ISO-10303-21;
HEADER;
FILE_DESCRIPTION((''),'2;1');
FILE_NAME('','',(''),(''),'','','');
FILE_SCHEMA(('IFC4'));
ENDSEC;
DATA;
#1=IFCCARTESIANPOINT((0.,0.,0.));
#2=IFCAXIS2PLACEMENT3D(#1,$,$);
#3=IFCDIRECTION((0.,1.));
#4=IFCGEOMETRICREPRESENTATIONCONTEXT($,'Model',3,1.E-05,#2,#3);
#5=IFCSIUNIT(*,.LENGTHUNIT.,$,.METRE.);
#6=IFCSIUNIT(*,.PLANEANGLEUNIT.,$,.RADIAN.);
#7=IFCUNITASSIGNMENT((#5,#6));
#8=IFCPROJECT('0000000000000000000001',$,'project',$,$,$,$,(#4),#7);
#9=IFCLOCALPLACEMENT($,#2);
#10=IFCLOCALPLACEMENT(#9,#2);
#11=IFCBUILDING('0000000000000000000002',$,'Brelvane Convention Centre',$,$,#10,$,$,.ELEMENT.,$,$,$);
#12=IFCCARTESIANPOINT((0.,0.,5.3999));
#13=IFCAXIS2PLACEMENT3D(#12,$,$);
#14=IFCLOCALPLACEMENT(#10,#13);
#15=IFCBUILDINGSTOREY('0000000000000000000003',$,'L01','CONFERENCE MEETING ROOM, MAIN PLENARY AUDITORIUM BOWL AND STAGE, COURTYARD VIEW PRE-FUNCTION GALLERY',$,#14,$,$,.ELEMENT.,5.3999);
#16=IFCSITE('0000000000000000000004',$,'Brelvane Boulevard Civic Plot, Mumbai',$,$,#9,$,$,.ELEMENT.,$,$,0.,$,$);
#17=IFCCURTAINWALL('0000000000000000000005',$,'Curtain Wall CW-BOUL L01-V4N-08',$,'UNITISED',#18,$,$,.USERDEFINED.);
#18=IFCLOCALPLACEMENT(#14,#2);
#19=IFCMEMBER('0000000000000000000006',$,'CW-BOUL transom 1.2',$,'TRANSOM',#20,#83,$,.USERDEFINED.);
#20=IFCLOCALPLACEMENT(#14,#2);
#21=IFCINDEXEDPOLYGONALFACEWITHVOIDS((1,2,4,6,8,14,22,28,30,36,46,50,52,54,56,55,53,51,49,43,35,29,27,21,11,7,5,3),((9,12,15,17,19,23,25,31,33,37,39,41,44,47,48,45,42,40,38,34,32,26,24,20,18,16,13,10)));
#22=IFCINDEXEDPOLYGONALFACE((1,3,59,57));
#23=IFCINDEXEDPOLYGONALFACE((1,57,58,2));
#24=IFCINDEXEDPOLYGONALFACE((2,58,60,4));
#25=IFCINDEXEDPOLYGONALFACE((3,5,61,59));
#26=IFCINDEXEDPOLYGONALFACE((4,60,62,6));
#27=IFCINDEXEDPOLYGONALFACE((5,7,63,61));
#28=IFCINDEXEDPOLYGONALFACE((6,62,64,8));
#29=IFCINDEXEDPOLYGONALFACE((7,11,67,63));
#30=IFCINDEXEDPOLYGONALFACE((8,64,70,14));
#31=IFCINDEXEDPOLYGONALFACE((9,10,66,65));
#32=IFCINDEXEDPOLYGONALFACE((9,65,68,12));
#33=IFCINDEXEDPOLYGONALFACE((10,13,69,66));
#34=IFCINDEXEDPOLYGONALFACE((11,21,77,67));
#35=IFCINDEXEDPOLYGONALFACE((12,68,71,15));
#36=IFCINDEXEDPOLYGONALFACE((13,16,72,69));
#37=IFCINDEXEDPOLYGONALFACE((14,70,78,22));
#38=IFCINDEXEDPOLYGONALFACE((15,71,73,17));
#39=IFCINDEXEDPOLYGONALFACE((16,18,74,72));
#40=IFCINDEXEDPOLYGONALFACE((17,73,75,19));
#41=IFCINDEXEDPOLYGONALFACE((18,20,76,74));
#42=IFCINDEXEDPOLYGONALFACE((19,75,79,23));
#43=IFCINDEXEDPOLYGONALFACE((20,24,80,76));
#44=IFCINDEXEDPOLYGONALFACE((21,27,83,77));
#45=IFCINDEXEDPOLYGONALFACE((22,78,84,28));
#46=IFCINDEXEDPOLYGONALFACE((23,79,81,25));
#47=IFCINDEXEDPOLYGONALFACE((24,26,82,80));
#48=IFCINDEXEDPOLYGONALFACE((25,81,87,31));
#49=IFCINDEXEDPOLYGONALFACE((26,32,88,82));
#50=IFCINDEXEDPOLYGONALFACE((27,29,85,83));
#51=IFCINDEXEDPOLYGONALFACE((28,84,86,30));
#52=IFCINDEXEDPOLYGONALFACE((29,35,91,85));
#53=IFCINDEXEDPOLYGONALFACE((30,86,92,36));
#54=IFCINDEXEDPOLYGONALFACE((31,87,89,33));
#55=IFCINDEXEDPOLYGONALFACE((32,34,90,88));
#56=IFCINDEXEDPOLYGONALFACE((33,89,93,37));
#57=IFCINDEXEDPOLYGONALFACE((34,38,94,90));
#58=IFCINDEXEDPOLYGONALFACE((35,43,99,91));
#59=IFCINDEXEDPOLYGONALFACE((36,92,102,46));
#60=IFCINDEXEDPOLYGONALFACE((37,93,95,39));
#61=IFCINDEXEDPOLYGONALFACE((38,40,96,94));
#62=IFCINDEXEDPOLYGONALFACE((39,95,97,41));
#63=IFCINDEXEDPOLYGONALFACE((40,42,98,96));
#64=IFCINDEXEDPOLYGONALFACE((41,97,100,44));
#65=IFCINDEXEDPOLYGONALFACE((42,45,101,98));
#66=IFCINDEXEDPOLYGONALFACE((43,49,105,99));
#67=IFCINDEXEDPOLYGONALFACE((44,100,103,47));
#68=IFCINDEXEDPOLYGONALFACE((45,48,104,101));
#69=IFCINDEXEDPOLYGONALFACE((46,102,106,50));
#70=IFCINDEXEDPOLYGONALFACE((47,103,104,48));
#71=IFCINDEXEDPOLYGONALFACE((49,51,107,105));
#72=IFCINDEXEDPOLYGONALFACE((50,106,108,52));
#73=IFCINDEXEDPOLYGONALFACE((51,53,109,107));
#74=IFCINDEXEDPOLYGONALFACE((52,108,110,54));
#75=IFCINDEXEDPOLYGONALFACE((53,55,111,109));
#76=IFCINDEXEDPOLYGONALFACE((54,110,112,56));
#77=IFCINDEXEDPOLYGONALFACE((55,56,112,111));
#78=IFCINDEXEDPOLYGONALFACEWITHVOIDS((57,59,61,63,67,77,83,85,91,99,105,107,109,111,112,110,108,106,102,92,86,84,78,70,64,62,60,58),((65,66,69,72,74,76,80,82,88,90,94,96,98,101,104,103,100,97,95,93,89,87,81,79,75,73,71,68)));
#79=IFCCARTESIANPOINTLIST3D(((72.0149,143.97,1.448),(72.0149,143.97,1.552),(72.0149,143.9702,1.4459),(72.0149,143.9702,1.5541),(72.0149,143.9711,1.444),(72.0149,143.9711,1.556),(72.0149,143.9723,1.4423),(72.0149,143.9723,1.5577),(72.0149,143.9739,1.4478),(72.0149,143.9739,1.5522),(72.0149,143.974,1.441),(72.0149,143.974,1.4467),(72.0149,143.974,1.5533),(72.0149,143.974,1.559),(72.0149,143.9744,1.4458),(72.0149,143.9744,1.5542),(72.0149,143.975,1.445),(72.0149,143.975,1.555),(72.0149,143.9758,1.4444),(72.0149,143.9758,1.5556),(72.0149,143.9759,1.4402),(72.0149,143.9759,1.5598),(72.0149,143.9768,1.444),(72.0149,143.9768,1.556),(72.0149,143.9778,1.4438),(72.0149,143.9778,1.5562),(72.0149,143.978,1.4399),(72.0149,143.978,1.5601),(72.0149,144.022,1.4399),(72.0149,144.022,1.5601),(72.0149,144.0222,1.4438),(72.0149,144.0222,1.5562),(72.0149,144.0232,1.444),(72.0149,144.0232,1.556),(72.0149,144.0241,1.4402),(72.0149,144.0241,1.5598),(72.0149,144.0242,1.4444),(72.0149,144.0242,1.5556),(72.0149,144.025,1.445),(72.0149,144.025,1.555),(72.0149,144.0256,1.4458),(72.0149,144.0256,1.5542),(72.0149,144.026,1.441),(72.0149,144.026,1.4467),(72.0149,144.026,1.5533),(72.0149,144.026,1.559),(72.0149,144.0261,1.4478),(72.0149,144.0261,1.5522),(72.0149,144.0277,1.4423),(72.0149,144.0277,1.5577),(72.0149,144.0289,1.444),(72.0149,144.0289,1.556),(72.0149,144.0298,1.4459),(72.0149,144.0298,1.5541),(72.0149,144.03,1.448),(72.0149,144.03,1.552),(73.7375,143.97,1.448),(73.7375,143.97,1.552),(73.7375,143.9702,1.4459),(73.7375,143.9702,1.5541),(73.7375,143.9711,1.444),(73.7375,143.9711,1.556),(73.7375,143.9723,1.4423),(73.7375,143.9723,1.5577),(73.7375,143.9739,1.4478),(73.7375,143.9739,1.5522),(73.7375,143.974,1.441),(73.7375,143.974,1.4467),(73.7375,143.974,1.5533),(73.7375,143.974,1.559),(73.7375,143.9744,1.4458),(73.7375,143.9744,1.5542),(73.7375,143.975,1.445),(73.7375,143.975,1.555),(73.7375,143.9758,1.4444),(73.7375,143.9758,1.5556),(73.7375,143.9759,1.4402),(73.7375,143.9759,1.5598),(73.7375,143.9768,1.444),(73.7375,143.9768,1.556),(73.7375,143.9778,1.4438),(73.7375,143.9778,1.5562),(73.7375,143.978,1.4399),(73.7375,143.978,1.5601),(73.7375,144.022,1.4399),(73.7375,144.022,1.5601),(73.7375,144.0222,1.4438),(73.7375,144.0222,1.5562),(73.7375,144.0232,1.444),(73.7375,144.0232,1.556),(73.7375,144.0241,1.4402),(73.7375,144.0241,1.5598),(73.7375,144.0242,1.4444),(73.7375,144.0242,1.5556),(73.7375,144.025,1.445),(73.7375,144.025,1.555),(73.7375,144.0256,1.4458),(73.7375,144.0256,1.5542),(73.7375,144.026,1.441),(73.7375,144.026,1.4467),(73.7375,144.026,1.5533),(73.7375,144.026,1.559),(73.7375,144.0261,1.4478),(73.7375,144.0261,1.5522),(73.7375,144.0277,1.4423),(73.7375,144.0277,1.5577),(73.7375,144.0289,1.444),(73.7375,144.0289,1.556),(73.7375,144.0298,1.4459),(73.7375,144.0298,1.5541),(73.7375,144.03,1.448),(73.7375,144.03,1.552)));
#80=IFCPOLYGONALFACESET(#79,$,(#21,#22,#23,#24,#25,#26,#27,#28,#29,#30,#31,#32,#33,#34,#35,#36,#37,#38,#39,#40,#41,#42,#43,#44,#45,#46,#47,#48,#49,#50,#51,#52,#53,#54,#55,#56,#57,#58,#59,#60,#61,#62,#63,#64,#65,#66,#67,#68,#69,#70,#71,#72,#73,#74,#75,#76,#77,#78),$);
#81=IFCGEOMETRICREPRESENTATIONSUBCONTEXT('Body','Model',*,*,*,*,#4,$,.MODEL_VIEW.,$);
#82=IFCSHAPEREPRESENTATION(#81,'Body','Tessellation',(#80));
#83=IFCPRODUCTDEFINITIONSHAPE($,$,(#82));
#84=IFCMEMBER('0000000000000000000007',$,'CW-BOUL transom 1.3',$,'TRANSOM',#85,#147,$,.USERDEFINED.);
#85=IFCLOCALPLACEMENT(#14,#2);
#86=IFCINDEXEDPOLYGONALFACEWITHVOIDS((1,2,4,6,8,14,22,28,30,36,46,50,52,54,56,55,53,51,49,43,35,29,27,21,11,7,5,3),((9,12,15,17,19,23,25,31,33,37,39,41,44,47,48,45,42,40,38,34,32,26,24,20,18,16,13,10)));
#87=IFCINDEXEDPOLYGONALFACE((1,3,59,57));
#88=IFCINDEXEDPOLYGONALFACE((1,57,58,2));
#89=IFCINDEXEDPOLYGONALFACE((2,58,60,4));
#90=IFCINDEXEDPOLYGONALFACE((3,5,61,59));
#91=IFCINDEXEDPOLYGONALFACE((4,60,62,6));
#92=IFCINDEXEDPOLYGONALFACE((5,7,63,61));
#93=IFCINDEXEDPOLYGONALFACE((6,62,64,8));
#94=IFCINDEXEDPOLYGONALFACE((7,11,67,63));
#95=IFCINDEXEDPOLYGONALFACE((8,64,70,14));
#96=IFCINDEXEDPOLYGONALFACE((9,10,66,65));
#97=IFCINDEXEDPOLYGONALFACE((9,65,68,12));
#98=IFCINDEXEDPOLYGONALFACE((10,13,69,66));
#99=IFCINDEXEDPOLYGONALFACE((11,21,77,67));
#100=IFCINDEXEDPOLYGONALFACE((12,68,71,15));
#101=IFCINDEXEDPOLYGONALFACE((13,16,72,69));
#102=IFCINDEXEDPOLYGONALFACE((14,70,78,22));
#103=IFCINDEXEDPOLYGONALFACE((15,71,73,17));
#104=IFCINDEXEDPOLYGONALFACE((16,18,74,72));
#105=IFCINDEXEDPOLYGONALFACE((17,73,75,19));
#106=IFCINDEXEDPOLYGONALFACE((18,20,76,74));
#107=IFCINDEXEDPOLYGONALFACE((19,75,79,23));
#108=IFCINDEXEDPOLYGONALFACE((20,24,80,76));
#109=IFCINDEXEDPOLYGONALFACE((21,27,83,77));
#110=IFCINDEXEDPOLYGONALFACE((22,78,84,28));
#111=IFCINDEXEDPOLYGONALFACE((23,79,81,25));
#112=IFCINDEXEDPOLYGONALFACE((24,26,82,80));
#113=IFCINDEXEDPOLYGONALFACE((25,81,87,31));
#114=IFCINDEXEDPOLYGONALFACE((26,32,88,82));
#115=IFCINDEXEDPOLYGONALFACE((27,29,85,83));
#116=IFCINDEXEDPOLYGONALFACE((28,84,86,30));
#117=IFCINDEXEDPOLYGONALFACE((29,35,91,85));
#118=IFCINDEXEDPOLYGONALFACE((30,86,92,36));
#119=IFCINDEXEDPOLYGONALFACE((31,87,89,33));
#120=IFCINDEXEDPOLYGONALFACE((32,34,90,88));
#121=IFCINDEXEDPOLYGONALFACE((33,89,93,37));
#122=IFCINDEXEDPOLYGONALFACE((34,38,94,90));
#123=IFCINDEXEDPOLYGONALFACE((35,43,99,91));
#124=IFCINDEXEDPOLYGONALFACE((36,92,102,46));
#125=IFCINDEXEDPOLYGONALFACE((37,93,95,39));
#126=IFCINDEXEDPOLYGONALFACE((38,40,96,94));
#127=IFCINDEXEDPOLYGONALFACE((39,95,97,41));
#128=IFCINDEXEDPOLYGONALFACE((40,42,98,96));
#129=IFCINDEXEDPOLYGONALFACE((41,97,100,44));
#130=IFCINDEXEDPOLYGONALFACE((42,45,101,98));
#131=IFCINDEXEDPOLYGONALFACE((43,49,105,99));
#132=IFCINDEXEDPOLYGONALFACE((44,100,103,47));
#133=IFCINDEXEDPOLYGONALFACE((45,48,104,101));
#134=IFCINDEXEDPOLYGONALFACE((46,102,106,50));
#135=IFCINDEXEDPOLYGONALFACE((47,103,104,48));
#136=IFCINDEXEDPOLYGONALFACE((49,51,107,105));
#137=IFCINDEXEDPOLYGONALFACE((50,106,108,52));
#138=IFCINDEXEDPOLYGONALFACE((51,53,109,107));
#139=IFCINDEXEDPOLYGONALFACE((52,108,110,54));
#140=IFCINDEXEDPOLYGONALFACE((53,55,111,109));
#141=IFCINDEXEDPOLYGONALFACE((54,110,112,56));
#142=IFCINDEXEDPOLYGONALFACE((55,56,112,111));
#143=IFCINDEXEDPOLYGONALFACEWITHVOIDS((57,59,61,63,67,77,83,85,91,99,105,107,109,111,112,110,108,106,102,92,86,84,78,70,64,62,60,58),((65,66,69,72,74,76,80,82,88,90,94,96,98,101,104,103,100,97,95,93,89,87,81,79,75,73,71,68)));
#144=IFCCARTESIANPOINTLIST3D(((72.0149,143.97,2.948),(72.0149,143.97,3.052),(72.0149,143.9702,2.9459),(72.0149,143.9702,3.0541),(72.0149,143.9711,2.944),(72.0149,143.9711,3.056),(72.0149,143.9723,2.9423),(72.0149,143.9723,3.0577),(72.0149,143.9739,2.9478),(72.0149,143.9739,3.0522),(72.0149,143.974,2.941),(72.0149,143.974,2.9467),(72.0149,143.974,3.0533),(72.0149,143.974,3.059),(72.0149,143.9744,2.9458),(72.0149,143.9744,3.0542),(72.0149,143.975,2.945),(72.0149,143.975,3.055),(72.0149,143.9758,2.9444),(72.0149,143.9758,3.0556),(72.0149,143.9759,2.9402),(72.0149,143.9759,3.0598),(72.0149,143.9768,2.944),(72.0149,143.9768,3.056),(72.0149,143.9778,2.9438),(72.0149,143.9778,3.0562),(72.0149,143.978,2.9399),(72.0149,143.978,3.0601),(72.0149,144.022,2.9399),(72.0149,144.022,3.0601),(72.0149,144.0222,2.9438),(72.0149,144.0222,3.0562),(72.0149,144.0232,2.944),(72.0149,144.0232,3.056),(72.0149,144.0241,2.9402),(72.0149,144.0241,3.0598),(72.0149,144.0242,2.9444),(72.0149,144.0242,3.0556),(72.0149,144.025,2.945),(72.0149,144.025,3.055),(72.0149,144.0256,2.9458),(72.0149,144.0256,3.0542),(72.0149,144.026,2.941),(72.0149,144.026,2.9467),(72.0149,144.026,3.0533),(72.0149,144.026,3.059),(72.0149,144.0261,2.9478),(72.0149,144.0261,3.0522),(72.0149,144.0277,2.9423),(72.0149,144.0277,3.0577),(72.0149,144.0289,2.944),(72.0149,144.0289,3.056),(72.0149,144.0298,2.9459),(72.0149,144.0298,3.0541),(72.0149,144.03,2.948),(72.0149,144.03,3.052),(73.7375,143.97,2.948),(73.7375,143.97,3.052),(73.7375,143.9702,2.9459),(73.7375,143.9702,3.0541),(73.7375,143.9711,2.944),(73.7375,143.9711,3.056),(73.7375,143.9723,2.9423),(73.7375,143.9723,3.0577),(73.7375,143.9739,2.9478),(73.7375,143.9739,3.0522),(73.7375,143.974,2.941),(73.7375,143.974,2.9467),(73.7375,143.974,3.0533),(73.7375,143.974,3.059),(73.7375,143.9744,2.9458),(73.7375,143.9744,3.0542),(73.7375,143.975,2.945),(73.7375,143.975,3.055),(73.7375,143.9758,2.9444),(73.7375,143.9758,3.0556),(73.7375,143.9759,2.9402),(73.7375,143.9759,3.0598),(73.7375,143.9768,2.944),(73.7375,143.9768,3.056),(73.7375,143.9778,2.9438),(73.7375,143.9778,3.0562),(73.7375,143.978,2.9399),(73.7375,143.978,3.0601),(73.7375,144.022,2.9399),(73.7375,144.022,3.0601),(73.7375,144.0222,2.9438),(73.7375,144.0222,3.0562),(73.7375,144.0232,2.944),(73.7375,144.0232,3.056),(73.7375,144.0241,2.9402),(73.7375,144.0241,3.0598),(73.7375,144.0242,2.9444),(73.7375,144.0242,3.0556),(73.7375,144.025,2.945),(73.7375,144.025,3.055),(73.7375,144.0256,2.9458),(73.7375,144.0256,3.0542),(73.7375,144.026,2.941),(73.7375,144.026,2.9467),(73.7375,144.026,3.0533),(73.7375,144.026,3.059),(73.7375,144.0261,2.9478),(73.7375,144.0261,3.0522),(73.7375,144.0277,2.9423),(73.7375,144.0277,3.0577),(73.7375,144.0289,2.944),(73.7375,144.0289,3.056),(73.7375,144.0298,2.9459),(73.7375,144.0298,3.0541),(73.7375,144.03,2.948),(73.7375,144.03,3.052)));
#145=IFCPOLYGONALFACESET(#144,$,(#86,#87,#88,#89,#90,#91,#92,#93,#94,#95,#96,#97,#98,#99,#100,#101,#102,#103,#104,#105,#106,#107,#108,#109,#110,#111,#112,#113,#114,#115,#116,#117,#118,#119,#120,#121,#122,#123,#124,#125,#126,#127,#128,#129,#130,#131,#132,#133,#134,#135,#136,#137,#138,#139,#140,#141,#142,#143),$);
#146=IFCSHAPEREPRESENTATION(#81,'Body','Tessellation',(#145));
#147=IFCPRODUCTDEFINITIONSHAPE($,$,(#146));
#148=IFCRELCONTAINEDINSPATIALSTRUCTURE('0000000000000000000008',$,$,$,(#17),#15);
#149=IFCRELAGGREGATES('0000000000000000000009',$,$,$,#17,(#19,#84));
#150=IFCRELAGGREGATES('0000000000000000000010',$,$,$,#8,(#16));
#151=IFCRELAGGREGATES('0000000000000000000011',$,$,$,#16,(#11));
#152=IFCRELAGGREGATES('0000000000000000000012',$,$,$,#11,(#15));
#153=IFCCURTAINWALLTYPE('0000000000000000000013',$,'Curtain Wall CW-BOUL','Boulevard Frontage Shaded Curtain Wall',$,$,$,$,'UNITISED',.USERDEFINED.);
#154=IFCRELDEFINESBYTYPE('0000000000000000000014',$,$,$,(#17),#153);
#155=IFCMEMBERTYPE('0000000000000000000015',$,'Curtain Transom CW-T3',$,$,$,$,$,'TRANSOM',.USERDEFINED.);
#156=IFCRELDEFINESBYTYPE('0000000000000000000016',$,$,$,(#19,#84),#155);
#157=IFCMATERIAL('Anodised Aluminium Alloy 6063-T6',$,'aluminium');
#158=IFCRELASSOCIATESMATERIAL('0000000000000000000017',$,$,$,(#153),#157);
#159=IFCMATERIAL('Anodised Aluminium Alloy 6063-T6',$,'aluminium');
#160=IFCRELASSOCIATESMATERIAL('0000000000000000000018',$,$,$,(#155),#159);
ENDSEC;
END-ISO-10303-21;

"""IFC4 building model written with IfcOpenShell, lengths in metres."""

from ifc_helpers import new_model, si_unit, direction, frame, origin, origin_2d, place, context, subcontext, project, spatial, hollow_rectangle, extrude, material, material_profile, profile_set, type_object, element, aggregate, save


model = new_model("IFC4")

# Units and contexts
model_context = context("Model", 3, precision=1e-05, world=origin(), true_north=direction((0.0, 1.0)))
body_context = subcontext(model_context, "Body", "Model", "MODEL_VIEW")
ifc_project = project(units=[si_unit("LENGTHUNIT", "METRE"), si_unit("PLANEANGLEUNIT", "RADIAN")], contexts=[model_context])

# Site, building, storey
site_placement = place(None, origin())
site = spatial("IfcSite", under=ifc_project, at=site_placement, Name="Brelvane Boulevard Civic Plot, Mumbai", CompositionType="ELEMENT", RefElevation=0.0)
building_placement = place(site_placement, origin())
building = spatial("IfcBuilding", under=site, at=building_placement, Name="Brelvane Convention Centre", CompositionType="ELEMENT")
storey_placement = place(building_placement, frame((0.0, 0.0, 5.3999)))
storey = spatial("IfcBuildingStorey", under=building, at=storey_placement, Name="L01", Description="CONFERENCE MEETING ROOM, MAIN PLENARY AUDITORIUM BOWL AND STAGE, COURTYARD VIEW PRE-FUNCTION GALLERY", CompositionType="ELEMENT", Elevation=5.3999)

# Curtain wall, members
ifc_material_1 = material(Name="Anodised Aluminium Alloy 6063-T6", Category="aluminium")
curtain_wall_type = type_object("IfcCurtainWallType", Name="Curtain Wall CW-BOUL", Description="Boulevard Frontage Shaded Curtain Wall", ElementType="UNITISED", PredefinedType="USERDEFINED", material=ifc_material_1)
curtain_wall_placement = place(storey_placement, origin())
curtain_wall = element("IfcCurtainWall", 1, at=curtain_wall_placement, inside=storey, type_object=curtain_wall_type, Name="Curtain Wall CW-BOUL L01-V4N-08", ObjectType="UNITISED", PredefinedType="USERDEFINED")
ifc_material_2 = material(Name="Anodised Aluminium Alloy 6063-T6", Category="aluminium")
ifc_material_profile_1 = material_profile(ifc_material_2, hollow_rectangle(XDim=0.0601, YDim=0.1201, WallThickness=0.0039, InnerFilletRadius=0.0039, OuterFilletRadius=0.0081, at=origin_2d()), Name="ALU-T 120x60x4.0")
ifc_profile_set_1 = profile_set([ifc_material_profile_1], Name="Anodised Aluminium Alloy 6063-T6")
member_type_1 = type_object("IfcMemberType", Name="Curtain Transom CW-T3", ElementType="TRANSOM", PredefinedType="USERDEFINED", material=ifc_profile_set_1)
member_1_placement = place(storey_placement, frame((72.0149, 144.0, 1.5), z_axis=(1.0, 0.0, 0.0), x_axis=(0.0, 1.0, 0.0)))
member_1 = element("IfcMember", 2, at=member_1_placement, type_object=member_type_1, Name="CW-BOUL transom 1.2", ObjectType="TRANSOM", PredefinedType="USERDEFINED", context=body_context, shape_type="SweptSolid", body=[
    extrude(hollow_rectangle(XDim=0.0601, YDim=0.1201, WallThickness=0.0039, InnerFilletRadius=0.0039, OuterFilletRadius=0.0081, at=origin_2d()), origin(), (0.0, 0.0, 1.0), 1.7227),
])
member_2_placement = place(storey_placement, frame((72.0149, 144.0, 3.0), z_axis=(1.0, 0.0, 0.0), x_axis=(0.0, 1.0, 0.0)))
member_2 = element("IfcMember", 3, at=member_2_placement, type_object=member_type_1, Name="CW-BOUL transom 1.3", ObjectType="TRANSOM", PredefinedType="USERDEFINED", context=body_context, shape_type="SweptSolid", body=[
    extrude(hollow_rectangle(XDim=0.0601, YDim=0.1201, WallThickness=0.0039, InnerFilletRadius=0.0039, OuterFilletRadius=0.0081, at=origin_2d()), origin(), (0.0, 0.0, 1.0), 1.7227),
])

aggregate(curtain_wall, [member_1, member_2])

save(model, "model.ifc")
